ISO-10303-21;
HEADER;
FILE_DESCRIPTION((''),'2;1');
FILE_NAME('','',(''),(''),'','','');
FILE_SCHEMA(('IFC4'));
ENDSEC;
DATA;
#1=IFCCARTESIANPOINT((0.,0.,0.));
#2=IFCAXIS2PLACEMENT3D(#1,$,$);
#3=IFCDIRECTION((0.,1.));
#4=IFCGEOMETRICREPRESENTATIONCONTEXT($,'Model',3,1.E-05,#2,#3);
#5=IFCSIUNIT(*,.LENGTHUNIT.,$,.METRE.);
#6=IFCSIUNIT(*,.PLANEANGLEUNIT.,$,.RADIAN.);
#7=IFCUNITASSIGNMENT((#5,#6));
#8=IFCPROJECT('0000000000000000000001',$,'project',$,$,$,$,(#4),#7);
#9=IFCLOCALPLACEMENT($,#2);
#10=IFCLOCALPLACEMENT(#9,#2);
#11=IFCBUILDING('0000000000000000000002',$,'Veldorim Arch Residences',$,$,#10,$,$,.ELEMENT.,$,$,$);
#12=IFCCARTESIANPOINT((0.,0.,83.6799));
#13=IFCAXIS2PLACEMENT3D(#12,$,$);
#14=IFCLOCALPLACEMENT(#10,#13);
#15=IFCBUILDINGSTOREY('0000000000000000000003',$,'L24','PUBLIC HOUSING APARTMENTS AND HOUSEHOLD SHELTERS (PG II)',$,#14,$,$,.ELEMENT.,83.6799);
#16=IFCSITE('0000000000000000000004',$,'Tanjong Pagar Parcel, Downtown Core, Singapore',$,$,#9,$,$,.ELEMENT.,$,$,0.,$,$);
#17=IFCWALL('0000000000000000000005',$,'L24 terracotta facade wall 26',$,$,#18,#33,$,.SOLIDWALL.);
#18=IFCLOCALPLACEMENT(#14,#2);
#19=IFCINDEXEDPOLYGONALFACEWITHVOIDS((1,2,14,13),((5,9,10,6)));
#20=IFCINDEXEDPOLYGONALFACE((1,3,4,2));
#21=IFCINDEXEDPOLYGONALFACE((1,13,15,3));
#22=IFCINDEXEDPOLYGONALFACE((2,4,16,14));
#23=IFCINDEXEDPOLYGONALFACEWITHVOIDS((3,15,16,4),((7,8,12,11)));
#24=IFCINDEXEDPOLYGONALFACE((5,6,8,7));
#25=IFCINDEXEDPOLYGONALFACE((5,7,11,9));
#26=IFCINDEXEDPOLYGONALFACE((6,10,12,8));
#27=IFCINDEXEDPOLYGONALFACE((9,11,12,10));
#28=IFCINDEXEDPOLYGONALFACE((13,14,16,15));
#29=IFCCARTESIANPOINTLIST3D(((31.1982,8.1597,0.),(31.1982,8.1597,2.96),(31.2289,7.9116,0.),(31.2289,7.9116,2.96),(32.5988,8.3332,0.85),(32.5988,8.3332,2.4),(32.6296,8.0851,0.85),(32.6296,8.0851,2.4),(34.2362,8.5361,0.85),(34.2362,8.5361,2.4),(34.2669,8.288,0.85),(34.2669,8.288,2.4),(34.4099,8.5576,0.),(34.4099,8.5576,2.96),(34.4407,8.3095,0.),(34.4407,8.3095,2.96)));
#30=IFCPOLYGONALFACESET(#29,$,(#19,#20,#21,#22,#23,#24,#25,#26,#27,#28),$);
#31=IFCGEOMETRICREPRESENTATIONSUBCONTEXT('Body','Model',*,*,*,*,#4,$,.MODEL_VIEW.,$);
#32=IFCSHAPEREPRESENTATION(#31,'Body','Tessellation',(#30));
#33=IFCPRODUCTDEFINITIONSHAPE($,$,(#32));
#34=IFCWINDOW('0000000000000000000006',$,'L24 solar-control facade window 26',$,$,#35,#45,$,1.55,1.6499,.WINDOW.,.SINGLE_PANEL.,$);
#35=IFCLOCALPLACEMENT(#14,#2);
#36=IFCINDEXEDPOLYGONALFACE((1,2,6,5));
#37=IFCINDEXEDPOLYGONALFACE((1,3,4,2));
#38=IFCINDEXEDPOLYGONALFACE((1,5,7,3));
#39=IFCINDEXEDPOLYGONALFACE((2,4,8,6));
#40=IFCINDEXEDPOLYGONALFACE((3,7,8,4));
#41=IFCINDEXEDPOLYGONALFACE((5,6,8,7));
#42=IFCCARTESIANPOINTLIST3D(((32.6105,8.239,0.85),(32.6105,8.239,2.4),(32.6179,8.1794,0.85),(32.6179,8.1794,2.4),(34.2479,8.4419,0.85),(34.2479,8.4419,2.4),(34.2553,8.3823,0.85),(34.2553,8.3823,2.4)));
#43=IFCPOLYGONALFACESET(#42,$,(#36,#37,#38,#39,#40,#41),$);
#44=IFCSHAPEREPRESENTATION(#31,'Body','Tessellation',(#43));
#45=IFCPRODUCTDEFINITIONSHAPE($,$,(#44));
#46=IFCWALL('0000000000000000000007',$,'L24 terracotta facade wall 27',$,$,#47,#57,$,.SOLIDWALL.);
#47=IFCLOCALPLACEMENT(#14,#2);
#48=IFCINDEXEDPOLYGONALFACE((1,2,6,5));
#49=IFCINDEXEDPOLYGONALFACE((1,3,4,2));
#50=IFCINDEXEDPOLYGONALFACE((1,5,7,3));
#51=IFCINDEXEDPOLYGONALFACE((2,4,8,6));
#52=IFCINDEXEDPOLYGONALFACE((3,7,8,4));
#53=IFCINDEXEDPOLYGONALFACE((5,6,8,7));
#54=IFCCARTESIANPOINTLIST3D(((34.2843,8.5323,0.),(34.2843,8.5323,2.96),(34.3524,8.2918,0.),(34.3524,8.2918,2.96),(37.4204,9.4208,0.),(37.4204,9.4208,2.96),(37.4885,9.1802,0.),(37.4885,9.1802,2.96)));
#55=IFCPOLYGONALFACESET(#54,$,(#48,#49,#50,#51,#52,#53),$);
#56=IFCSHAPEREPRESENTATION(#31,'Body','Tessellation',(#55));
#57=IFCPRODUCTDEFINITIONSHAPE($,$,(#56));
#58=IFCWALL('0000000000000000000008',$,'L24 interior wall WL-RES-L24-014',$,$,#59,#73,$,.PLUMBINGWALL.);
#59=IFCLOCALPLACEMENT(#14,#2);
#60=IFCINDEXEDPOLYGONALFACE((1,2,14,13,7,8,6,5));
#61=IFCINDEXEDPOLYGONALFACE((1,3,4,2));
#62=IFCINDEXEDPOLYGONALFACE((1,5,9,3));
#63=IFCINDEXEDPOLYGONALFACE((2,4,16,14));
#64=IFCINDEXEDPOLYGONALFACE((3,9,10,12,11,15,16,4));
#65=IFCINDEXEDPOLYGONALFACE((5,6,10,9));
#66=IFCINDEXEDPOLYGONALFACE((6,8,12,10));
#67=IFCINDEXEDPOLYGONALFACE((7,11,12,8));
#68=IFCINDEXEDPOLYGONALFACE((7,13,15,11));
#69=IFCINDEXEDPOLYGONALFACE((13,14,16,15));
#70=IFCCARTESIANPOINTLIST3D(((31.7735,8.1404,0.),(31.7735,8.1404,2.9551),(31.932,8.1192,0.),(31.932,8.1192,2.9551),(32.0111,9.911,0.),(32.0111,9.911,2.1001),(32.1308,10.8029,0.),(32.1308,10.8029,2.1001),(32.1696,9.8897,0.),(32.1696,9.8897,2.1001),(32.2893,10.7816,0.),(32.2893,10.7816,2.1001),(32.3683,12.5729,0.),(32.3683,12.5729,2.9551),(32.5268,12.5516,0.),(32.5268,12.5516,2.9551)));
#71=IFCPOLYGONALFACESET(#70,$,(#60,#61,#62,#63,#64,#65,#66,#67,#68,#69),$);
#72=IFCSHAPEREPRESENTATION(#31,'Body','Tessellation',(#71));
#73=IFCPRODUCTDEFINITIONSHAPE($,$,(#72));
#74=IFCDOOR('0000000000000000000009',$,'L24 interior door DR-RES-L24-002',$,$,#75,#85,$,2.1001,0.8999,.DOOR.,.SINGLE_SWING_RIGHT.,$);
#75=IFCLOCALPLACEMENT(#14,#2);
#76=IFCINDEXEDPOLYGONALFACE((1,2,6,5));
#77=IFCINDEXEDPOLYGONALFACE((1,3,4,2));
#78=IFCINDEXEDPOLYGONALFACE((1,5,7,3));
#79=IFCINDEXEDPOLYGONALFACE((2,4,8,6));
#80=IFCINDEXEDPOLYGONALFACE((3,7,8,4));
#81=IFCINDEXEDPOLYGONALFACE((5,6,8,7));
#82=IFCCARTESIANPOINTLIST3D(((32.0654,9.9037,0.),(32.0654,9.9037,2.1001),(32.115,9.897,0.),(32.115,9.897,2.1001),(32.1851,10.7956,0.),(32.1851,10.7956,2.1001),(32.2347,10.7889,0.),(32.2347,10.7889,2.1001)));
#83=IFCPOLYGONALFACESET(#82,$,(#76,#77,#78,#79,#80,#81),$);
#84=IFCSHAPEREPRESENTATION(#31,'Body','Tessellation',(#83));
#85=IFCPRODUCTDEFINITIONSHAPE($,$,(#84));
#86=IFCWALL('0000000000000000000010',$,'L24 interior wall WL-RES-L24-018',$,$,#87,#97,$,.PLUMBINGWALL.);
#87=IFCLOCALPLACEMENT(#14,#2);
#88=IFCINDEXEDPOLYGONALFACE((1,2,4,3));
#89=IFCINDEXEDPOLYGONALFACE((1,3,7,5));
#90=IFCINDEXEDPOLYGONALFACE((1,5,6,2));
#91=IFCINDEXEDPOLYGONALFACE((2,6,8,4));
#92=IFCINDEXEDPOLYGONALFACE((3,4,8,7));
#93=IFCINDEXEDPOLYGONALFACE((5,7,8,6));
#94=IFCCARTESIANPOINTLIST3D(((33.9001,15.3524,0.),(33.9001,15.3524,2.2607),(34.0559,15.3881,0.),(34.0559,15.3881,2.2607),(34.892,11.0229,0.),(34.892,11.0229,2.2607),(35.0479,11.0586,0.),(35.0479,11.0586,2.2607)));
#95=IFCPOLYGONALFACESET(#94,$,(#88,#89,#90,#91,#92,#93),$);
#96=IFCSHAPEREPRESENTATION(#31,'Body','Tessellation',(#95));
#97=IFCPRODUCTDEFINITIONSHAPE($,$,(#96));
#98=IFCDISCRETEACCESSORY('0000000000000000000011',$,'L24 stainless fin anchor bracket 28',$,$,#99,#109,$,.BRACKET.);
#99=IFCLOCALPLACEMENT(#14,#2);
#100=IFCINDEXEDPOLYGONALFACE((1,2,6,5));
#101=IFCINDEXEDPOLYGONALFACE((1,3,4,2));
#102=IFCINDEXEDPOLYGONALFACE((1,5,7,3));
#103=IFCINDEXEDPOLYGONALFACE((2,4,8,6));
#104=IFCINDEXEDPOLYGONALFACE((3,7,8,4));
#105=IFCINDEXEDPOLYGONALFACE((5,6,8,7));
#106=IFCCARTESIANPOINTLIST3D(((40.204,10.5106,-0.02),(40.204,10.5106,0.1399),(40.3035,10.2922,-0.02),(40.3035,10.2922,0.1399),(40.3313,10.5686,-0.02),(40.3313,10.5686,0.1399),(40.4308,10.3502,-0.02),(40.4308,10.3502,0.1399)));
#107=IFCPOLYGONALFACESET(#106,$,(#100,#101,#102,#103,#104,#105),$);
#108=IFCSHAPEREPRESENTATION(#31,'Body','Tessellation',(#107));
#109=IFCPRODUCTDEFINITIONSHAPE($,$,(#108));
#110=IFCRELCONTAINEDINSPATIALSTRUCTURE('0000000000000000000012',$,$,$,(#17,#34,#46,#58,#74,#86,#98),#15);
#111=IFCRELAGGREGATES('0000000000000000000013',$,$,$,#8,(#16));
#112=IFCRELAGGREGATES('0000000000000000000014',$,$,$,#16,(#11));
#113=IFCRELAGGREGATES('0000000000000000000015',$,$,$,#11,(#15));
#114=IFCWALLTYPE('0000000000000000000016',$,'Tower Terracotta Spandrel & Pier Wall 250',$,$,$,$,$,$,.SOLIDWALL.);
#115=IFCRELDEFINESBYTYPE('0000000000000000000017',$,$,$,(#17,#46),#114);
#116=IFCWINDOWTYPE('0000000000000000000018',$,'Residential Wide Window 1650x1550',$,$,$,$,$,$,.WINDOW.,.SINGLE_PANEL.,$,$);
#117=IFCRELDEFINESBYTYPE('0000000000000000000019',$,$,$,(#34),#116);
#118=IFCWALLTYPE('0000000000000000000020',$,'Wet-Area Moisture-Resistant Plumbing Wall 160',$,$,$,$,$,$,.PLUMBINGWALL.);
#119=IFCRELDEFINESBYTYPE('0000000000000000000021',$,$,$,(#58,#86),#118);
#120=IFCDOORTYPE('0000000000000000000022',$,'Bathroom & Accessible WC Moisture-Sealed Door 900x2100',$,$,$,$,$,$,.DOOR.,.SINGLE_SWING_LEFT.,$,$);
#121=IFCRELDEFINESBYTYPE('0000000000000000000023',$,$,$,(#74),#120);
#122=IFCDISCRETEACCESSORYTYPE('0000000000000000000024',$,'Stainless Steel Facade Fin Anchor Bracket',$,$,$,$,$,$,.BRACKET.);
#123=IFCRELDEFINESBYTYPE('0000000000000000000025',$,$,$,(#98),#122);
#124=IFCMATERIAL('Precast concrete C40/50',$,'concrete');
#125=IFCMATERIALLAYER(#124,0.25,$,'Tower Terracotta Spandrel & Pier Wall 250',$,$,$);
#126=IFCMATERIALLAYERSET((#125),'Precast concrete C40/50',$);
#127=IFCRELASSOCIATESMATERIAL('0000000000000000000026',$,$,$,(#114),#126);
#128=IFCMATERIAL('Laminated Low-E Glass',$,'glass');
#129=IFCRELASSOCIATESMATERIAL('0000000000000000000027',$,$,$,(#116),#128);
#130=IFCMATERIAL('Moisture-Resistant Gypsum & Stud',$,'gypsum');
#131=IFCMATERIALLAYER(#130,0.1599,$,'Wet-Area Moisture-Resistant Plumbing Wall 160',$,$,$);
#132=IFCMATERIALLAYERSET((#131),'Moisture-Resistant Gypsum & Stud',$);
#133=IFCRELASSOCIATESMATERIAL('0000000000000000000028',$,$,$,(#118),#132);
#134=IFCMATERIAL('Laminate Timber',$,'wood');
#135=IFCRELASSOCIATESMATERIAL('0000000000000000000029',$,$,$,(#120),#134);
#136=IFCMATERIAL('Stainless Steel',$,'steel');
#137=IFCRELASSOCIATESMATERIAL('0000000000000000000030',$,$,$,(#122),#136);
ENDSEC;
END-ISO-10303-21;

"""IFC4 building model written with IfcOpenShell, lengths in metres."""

from ifc_helpers import new_model, si_unit, direction, frame, frame_2d, origin, origin_2d, place, context, subcontext, project, spatial, rectangle, extrude, material, layer, layer_set, type_object, element, fill, save


model = new_model("IFC4")

# Units and contexts
model_context = context("Model", 3, precision=1e-05, world=origin(), true_north=direction((0.0, 1.0)))
body_context = subcontext(model_context, "Body", "Model", "MODEL_VIEW")
ifc_project = project(units=[si_unit("LENGTHUNIT", "METRE"), si_unit("PLANEANGLEUNIT", "RADIAN")], contexts=[model_context])

# Site, building, storey
site_placement = place(None, origin())
site = spatial("IfcSite", under=ifc_project, at=site_placement, Name="Tanjong Pagar Parcel, Downtown Core, Singapore", CompositionType="ELEMENT", RefElevation=0.0)
building_placement = place(site_placement, origin())
building = spatial("IfcBuilding", under=site, at=building_placement, Name="Veldorim Arch Residences", CompositionType="ELEMENT")
storey_placement = place(building_placement, frame((0.0, 0.0, 83.6799)))
storey = spatial("IfcBuildingStorey", under=building, at=storey_placement, Name="L24", Description="PUBLIC HOUSING APARTMENTS AND HOUSEHOLD SHELTERS (PG II)", CompositionType="ELEMENT", Elevation=83.6799)

# Wall, opening, window
ifc_material_1 = material(Name="Precast concrete C40/50", Category="concrete")
ifc_layer_1 = layer(ifc_material_1, 0.25, Name="Tower Terracotta Spandrel & Pier Wall 250")
ifc_layer_set_1 = layer_set([ifc_layer_1], Name="Precast concrete C40/50")
wall_type_1 = type_object("IfcWallType", Name="Tower Terracotta Spandrel & Pier Wall 250", PredefinedType="SOLIDWALL", material=ifc_layer_set_1)
wall_1_placement = place(storey_placement, frame((34.4253, 8.4336, 0.0), z_axis=(0.0, 0.0, 1.0), x_axis=(-0.992411, -0.122967, 0.0)))
wall_1 = element("IfcWall", 1, at=wall_1_placement, inside=storey, type_object=wall_type_1, Name="L24 terracotta facade wall 26", PredefinedType="SOLIDWALL", context=body_context, shape_type="SweptSolid", body=[
    extrude(rectangle(XDim=3.2363, YDim=0.25, at=frame_2d((1.6182, 0.0))), origin(), (0.0, 0.0, 1.0), 2.96),
])
opening_1_placement = place(wall_1_placement, frame((0.175, 0.0, 0.8501)))
opening_1 = element("IfcOpeningElement", 2, at=opening_1_placement, cuts=wall_1, PredefinedType="OPENING", context=body_context, shape_type="SweptSolid", body=[
    extrude(rectangle(XDim=1.6499, YDim=1.55, at=frame_2d((0.825, 0.7749))), frame((0.0, 0.135, 0.0), z_axis=(0.0, -1.0, 0.0), x_axis=(1.0, 0.0, 0.0)), (0.0, 0.0, 1.0), 0.27),
])
ifc_material_2 = material(Name="Laminated Low-E Glass", Category="glass")
window_type = type_object("IfcWindowType", Name="Residential Wide Window 1650x1550", PartitioningType="SINGLE_PANEL", PredefinedType="WINDOW", material=ifc_material_2)
window_placement = place(opening_1_placement, origin())
window = element("IfcWindow", 3, at=window_placement, inside=storey, type_object=window_type, Name="L24 solar-control facade window 26", OverallHeight=1.55, OverallWidth=1.6499, PartitioningType="SINGLE_PANEL", PredefinedType="WINDOW", context=body_context, shape_type="SweptSolid", body=[
    extrude(rectangle(XDim=1.6499, YDim=1.55, at=frame_2d((0.825, 0.7749))), frame((0.0, 0.03, 0.0), z_axis=(0.0, -1.0, 0.0), x_axis=(1.0, 0.0, 0.0)), (0.0, 0.0, 1.0), 0.0601),
])
fill(opening_1, window)

# Wall
wall_2_placement = place(storey_placement, frame((37.4546, 9.3005, 0.0), z_axis=(0.0, 0.0, 1.0), x_axis=(-0.962135, -0.272574, 0.0)))
element("IfcWall", 4, at=wall_2_placement, inside=storey, type_object=wall_type_1, Name="L24 terracotta facade wall 27", PredefinedType="SOLIDWALL", context=body_context, shape_type="SweptSolid", body=[
    extrude(rectangle(XDim=3.2595, YDim=0.25, at=frame_2d((1.6299, 0.0))), origin(), (0.0, 0.0, 1.0), 2.96),
])

# Wall, opening, door
ifc_material_3 = material(Name="Moisture-Resistant Gypsum & Stud", Category="gypsum")
ifc_layer_2 = layer(ifc_material_3, 0.1599, Name="Wet-Area Moisture-Resistant Plumbing Wall 160")
ifc_layer_set_2 = layer_set([ifc_layer_2], Name="Moisture-Resistant Gypsum & Stud")
wall_type_2 = type_object("IfcWallType", Name="Wet-Area Moisture-Resistant Plumbing Wall 160", PredefinedType="PLUMBINGWALL", material=ifc_layer_set_2)
wall_3_placement = place(storey_placement, frame((32.4475, 12.5623, 0.0), z_axis=(0.0, 0.0, 1.0), x_axis=(-0.132986, -0.991118, 0.0)))
wall_3 = element("IfcWall", 5, at=wall_3_placement, inside=storey, type_object=wall_type_2, Name="L24 interior wall WL-RES-L24-014", PredefinedType="PLUMBINGWALL", context=body_context, shape_type="SweptSolid", body=[
    extrude(rectangle(XDim=4.4722, YDim=0.1599, at=frame_2d((2.2361, 0.0))), origin(), (0.0, 0.0, 1.0), 2.9551),
])
opening_2_placement = place(wall_3_placement, frame((1.7859, 0.0, 0.0)))
opening_2 = element("IfcOpeningElement", 6, at=opening_2_placement, cuts=wall_3, PredefinedType="OPENING", context=body_context, shape_type="SweptSolid", body=[
    extrude(rectangle(XDim=0.8999, YDim=2.1001, at=frame_2d((0.45, 1.05))), frame((0.0, 0.0898, 0.0), z_axis=(0.0, -1.0, 0.0), x_axis=(1.0, 0.0, 0.0)), (0.0, 0.0, 1.0), 0.1799),
])
ifc_material_4 = material(Name="Laminate Timber", Category="wood")
door_type_1 = type_object("IfcDoorType", Name="Bathroom & Accessible WC Moisture-Sealed Door 900x2100", OperationType="SINGLE_SWING_LEFT", PredefinedType="DOOR", material=ifc_material_4)
door_1_placement = place(opening_2_placement, origin())
door_1 = element("IfcDoor", 7, at=door_1_placement, inside=storey, type_object=door_type_1, Name="L24 interior door DR-RES-L24-002", OperationType="SINGLE_SWING_RIGHT", OverallHeight=2.1001, OverallWidth=0.8999, PredefinedType="DOOR", context=body_context, shape_type="SweptSolid", body=[
    extrude(rectangle(XDim=0.8999, YDim=2.1001, at=frame_2d((0.45, 1.05))), frame((0.0, 0.0249, 0.0), z_axis=(0.0, -1.0, 0.0), x_axis=(1.0, 0.0, 0.0)), (0.0, 0.0, 1.0), 0.05),
])
fill(opening_2, door_1)

# Wall
wall_4_placement = place(storey_placement, frame((33.978, 15.3701, 0.0), z_axis=(0.0, 0.0, 1.0), x_axis=(0.223322, -0.974745, 0.0)))
element("IfcWall", 8, at=wall_4_placement, inside=storey, type_object=wall_type_2, Name="L24 interior wall WL-RES-L24-018", PredefinedType="PLUMBINGWALL", context=body_context, shape_type="SweptSolid", body=[
    extrude(rectangle(XDim=4.4417, YDim=0.1599, at=frame_2d((2.2207, 0.0))), origin(), (0.0, 0.0, 1.0), 2.2607),
])

# Discrete accessory
ifc_material_5 = material(Name="Stainless Steel", Category="steel")
discrete_accessory_type = type_object("IfcDiscreteAccessoryType", Name="Stainless Steel Facade Fin Anchor Bracket", PredefinedType="BRACKET", material=ifc_material_5)
discrete_accessory_placement = place(storey_placement, frame((40.3174, 10.4304, -0.02), z_axis=(0.0, 0.0, 1.0), x_axis=(-0.909961, -0.414693, 0.0)))
element("IfcDiscreteAccessory", 9, at=discrete_accessory_placement, inside=storey, type_object=discrete_accessory_type, Name="L24 stainless fin anchor bracket 28", PredefinedType="BRACKET", context=body_context, shape_type="SweptSolid", body=[
    extrude(rectangle(XDim=0.1399, YDim=0.24, at=origin_2d()), origin(), (0.0, 0.0, 1.0), 0.1599),
])

save(model, "model.ifc")
